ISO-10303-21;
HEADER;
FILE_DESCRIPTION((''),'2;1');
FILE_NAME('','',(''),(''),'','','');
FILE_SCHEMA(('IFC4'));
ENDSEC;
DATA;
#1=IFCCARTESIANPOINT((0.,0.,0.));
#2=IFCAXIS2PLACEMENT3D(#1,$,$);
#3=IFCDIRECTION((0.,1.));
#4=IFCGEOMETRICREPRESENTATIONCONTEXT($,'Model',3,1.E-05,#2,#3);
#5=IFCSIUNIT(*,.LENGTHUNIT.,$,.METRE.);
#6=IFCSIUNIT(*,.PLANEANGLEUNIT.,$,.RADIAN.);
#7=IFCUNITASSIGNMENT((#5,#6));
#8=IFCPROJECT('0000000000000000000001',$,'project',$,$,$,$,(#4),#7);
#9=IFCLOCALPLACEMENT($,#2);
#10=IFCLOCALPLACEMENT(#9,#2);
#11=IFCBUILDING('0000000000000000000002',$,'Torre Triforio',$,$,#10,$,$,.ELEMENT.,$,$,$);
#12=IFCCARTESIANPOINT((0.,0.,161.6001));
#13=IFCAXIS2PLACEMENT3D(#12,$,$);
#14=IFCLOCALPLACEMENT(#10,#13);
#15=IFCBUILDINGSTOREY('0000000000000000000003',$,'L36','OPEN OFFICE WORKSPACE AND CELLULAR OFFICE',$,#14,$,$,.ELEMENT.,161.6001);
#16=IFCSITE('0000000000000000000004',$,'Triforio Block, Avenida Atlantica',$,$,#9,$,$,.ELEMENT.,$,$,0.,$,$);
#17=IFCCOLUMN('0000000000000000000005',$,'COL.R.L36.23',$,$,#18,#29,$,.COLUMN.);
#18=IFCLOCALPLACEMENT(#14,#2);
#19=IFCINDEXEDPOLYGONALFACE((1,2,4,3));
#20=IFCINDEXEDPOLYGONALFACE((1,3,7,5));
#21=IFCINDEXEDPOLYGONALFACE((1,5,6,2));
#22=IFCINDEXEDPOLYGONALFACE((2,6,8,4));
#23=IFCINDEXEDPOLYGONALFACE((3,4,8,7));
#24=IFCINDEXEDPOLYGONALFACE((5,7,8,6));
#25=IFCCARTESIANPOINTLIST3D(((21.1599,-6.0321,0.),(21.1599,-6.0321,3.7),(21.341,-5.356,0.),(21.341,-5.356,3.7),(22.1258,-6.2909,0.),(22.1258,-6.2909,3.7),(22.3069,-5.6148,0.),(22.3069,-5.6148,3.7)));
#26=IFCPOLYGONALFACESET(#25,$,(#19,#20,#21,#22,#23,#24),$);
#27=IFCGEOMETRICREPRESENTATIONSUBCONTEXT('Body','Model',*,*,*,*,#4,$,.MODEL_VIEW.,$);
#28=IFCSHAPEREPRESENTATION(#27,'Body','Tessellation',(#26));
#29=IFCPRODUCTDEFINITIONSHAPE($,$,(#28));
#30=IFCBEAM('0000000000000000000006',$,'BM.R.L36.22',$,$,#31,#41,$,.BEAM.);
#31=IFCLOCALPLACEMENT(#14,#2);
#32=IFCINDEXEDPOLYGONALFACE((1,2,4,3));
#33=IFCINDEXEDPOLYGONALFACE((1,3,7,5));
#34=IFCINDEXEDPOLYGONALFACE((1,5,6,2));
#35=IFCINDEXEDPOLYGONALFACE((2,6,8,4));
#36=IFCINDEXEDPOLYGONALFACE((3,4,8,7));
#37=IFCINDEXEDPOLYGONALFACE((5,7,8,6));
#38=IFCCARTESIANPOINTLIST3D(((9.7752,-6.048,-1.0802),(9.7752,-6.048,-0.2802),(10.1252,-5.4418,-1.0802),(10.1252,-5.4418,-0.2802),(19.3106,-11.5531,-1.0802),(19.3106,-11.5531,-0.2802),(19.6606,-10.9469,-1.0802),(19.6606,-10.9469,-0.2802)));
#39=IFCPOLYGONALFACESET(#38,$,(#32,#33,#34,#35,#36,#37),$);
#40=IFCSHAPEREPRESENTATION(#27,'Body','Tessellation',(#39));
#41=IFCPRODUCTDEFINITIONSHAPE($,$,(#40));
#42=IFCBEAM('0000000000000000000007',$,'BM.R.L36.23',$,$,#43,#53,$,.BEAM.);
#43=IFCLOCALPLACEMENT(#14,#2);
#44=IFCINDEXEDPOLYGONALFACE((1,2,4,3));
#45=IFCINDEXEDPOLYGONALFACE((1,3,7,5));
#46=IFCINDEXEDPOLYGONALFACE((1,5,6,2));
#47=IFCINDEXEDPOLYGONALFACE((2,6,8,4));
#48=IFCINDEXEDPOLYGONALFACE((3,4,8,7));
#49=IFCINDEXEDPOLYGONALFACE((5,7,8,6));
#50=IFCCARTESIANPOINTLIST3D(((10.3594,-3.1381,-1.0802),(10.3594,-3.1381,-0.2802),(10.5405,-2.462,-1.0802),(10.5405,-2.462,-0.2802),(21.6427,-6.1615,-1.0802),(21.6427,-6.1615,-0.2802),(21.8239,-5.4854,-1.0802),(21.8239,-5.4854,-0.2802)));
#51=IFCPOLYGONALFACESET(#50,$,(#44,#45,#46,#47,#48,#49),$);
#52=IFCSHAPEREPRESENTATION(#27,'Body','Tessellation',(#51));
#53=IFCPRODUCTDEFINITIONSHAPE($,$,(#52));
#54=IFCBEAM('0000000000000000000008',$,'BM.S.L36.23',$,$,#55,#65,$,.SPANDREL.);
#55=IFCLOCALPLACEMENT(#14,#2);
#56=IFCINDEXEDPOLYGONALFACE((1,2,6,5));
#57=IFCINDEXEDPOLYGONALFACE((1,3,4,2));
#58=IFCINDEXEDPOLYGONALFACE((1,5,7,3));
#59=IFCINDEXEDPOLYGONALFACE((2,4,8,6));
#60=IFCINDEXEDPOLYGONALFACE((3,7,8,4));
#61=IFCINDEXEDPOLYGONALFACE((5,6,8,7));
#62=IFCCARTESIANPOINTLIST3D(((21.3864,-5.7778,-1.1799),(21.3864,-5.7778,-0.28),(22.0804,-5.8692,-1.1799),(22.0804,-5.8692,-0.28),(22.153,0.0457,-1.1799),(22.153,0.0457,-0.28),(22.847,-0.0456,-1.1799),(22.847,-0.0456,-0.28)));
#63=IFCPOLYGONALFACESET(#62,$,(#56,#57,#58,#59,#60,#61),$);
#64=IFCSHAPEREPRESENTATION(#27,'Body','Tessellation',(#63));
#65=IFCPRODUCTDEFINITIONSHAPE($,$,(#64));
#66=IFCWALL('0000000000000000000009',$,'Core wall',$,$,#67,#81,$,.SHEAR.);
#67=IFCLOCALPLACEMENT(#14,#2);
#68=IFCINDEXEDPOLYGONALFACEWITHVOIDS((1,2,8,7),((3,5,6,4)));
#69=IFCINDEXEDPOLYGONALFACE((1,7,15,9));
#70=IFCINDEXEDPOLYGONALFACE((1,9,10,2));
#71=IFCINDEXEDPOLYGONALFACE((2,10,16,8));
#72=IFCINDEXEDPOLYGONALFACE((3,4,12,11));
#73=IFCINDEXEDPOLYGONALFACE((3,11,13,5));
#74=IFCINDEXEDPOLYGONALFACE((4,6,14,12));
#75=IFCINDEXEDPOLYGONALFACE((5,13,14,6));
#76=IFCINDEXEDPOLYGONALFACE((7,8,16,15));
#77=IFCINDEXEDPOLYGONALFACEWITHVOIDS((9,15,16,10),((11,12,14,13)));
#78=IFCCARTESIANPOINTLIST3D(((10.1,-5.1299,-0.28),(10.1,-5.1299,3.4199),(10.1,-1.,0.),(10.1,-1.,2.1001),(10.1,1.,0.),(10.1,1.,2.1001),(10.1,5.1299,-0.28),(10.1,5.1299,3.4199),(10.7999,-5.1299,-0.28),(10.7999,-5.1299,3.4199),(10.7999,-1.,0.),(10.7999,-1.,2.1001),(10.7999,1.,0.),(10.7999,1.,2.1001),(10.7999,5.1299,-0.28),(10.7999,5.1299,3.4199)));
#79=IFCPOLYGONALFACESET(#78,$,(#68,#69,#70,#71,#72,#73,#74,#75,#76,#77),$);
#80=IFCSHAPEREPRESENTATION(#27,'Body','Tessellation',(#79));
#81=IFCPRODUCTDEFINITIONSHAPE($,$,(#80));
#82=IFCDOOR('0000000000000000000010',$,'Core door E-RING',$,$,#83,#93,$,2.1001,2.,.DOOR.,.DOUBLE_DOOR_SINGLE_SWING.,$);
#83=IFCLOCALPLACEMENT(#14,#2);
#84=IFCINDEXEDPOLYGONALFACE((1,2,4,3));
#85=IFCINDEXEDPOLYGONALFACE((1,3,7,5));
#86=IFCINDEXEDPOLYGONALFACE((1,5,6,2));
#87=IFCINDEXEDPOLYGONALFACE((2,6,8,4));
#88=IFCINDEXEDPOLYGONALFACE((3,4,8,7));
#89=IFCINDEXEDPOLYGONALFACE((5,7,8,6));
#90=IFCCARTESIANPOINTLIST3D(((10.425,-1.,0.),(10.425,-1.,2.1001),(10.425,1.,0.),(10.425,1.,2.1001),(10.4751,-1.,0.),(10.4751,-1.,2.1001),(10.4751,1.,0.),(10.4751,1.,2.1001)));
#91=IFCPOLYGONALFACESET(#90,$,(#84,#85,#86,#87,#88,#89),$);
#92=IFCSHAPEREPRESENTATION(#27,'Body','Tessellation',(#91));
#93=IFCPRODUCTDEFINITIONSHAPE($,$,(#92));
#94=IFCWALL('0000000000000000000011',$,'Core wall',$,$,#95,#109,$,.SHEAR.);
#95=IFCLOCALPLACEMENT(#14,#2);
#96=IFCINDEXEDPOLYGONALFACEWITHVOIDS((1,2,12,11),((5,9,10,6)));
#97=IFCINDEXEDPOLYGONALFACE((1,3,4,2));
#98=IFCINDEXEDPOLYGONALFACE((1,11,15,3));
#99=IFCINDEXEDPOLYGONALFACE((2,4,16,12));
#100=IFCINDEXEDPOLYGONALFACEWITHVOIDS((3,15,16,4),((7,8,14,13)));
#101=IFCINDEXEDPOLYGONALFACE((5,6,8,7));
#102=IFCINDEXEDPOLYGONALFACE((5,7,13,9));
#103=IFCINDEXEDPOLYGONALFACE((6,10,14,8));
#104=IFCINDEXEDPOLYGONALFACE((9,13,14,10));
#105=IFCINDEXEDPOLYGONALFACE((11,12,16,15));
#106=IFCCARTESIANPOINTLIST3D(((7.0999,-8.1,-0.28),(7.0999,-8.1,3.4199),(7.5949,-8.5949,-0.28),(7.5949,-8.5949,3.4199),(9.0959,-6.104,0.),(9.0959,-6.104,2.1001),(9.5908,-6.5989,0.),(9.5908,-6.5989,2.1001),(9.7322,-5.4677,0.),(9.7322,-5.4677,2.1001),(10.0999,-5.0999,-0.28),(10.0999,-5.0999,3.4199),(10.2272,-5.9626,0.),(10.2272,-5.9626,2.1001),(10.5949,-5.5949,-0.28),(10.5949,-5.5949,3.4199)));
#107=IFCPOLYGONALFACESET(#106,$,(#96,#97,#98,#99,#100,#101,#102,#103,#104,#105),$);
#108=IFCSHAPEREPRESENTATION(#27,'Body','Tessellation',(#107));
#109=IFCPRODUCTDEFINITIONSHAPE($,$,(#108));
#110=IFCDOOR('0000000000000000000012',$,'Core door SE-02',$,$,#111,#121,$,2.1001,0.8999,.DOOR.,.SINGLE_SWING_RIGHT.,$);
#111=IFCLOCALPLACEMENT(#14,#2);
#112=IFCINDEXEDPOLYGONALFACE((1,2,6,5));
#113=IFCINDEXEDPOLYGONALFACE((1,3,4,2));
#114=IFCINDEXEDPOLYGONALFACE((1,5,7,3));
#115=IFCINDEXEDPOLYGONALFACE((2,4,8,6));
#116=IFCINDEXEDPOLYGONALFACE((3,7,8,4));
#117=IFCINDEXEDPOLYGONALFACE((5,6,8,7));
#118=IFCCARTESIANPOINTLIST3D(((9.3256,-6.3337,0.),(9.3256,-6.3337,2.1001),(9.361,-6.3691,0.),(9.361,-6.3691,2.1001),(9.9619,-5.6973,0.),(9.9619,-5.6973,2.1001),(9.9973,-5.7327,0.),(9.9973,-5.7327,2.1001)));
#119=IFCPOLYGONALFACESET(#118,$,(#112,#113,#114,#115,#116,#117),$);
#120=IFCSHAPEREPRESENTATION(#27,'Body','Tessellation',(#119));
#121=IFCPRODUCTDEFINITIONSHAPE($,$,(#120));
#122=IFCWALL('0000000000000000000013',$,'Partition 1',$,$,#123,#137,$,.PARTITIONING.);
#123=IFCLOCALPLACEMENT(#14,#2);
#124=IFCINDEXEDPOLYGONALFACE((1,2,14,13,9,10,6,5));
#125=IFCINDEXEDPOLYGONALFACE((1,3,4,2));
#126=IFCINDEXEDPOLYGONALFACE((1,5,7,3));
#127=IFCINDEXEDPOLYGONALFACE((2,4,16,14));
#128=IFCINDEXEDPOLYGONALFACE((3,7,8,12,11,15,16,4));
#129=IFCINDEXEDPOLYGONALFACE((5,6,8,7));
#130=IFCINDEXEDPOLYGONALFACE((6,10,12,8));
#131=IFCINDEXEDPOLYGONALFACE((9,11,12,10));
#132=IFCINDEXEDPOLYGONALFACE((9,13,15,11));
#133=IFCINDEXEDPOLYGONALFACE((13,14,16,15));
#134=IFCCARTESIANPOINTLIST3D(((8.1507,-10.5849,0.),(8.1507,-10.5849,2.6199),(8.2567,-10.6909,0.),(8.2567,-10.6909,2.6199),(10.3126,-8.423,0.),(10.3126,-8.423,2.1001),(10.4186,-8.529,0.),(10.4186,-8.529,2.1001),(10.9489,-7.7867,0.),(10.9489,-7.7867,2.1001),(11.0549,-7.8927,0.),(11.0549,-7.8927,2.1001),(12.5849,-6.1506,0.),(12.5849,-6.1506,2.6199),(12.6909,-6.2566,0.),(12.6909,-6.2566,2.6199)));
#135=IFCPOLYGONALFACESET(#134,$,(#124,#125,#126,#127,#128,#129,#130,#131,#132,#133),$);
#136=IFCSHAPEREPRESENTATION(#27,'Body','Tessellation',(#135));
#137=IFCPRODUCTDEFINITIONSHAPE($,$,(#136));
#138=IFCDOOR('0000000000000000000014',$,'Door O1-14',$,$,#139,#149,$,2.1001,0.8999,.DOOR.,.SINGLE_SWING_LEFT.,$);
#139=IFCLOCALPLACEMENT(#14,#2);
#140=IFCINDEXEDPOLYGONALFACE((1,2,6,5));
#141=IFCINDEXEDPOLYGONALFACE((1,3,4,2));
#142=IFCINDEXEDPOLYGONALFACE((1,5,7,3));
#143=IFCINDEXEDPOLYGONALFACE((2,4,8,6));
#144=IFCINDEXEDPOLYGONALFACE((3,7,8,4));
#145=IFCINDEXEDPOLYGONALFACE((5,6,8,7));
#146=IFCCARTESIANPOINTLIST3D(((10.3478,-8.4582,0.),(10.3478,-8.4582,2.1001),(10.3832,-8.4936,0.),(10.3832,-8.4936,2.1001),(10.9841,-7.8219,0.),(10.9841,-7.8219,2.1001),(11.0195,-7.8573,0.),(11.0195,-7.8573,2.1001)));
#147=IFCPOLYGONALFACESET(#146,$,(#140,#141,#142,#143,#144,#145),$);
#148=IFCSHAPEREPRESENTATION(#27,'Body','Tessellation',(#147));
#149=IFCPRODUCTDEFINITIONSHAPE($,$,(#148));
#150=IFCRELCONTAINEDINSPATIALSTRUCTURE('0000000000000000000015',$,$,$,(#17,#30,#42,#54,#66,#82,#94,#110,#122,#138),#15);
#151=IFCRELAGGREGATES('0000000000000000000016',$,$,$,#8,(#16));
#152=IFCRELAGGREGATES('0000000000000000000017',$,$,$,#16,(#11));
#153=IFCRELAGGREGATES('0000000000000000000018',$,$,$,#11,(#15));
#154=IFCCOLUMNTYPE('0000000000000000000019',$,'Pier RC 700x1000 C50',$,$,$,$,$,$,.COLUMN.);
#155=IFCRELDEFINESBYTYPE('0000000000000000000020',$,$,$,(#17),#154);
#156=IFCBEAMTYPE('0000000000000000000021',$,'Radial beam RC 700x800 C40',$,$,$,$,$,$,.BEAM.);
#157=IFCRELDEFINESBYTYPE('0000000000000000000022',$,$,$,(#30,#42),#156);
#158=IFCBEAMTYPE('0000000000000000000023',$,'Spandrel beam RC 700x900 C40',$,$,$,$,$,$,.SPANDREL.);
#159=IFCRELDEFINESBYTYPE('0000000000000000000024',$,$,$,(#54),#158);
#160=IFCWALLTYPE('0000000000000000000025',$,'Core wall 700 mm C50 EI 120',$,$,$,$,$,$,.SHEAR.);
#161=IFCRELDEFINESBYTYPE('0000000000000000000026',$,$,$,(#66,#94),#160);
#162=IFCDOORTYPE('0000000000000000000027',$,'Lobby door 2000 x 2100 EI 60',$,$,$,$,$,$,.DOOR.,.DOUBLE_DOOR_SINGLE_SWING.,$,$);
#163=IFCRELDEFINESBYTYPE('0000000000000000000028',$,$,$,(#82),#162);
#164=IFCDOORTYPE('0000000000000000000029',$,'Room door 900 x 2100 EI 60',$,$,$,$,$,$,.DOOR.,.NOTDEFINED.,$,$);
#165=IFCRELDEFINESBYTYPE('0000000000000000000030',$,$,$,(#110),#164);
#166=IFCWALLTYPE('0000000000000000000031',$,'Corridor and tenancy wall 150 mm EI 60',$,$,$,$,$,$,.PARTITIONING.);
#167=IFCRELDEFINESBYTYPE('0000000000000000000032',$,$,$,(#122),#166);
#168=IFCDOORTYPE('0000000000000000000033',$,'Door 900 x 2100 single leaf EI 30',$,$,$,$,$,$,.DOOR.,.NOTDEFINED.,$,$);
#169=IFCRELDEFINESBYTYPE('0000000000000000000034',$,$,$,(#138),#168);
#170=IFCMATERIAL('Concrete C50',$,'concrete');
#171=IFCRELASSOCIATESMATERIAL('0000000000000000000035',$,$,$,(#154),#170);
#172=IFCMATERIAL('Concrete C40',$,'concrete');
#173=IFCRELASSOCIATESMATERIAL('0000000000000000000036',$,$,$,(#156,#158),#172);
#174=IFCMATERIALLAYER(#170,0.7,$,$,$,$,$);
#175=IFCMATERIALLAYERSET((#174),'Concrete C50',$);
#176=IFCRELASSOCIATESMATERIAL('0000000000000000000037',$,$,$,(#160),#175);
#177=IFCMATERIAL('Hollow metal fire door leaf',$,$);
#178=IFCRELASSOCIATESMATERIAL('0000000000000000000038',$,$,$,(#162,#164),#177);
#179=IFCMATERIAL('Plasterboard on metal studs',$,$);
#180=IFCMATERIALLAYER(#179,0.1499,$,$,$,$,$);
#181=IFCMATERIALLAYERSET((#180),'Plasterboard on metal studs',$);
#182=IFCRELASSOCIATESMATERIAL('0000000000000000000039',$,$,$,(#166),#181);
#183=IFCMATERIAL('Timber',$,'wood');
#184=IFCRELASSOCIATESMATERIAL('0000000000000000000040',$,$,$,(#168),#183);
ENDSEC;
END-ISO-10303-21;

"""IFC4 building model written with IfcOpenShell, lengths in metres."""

from ifc_helpers import new_model, si_unit, direction, frame, frame_2d, origin, origin_2d, place, context, subcontext, project, spatial, rectangle, extrude, material, layer, layer_set, material_profile, profile_set, type_object, element, fill, save


model = new_model("IFC4")

# Units and contexts
model_context = context("Model", 3, precision=1e-05, world=origin(), true_north=direction((0.0, 1.0)))
body_context = subcontext(model_context, "Body", "Model", "MODEL_VIEW")
ifc_project = project(units=[si_unit("LENGTHUNIT", "METRE"), si_unit("PLANEANGLEUNIT", "RADIAN")], contexts=[model_context])

# Site, building, storey
site_placement = place(None, origin())
site = spatial("IfcSite", under=ifc_project, at=site_placement, Name="Triforio Block, Avenida Atlantica", CompositionType="ELEMENT", RefElevation=0.0)
building_placement = place(site_placement, origin())
building = spatial("IfcBuilding", under=site, at=building_placement, Name="Torre Triforio", CompositionType="ELEMENT")
storey_placement = place(building_placement, frame((0.0, 0.0, 161.6001)))
storey = spatial("IfcBuildingStorey", under=building, at=storey_placement, Name="L36", Description="OPEN OFFICE WORKSPACE AND CELLULAR OFFICE", CompositionType="ELEMENT", Elevation=161.6001)

# Column
ifc_material_1 = material(Name="Concrete C50", Category="concrete")
ifc_material_profile_1 = material_profile(ifc_material_1, rectangle(XDim=0.7, YDim=1.0, at=origin_2d()), Name="RC 700x1000")
ifc_profile_set_1 = profile_set([ifc_material_profile_1], Name="Concrete C50")
column_type = type_object("IfcColumnType", Name="Pier RC 700x1000 C50", PredefinedType="COLUMN", material=ifc_profile_set_1)
column_placement = place(storey_placement, frame((21.7334, -5.8235, 0.0), z_axis=(0.0, 0.0, 1.0), x_axis=(0.258819, 0.965926, 0.0)))
element("IfcColumn", 1, at=column_placement, inside=storey, type_object=column_type, Name="COL.R.L36.23", PredefinedType="COLUMN", context=body_context, shape_type="SweptSolid", body=[
    extrude(rectangle(XDim=0.7, YDim=1.0, at=origin_2d()), origin(), (0.0, 0.0, 1.0), 3.7),
])

# Beams
ifc_material_2 = material(Name="Concrete C40", Category="concrete")
ifc_material_profile_2 = material_profile(ifc_material_2, rectangle(XDim=0.7, YDim=0.8, at=origin_2d()), Name="RC 700x800")
ifc_profile_set_2 = profile_set([ifc_material_profile_2], Name="Concrete C40")
beam_type_1 = type_object("IfcBeamType", Name="Radial beam RC 700x800 C40", PredefinedType="BEAM", material=ifc_profile_set_2)
beam_1_placement = place(storey_placement, frame((9.9502, -5.7449, -0.6802), z_axis=(0.866031, -0.499991, 0.0), x_axis=(0.499991, 0.866031, 0.0)))
element("IfcBeam", 2, at=beam_1_placement, inside=storey, type_object=beam_type_1, Name="BM.R.L36.22", PredefinedType="BEAM", context=body_context, shape_type="SweptSolid", body=[
    extrude(rectangle(XDim=0.7, YDim=0.8, at=origin_2d()), origin(), (0.0, 0.0, 1.0), 11.0105),
])
beam_2_placement = place(storey_placement, frame((10.45, -2.8, -0.6802), z_axis=(0.965925, -0.258823, 0.0), x_axis=(0.258823, 0.965925, 0.0)))
element("IfcBeam", 3, at=beam_2_placement, inside=storey, type_object=beam_type_1, Name="BM.R.L36.23", PredefinedType="BEAM", context=body_context, shape_type="SweptSolid", body=[
    extrude(rectangle(XDim=0.7, YDim=0.8, at=origin_2d()), origin(), (0.0, 0.0, 1.0), 11.6814),
])
ifc_material_profile_3 = material_profile(ifc_material_2, rectangle(XDim=0.7, YDim=0.8999, at=origin_2d()), Name="RC 700x900")
ifc_profile_set_3 = profile_set([ifc_material_profile_3], Name="Concrete C40")
beam_type_2 = type_object("IfcBeamType", Name="Spandrel beam RC 700x900 C40", PredefinedType="SPANDREL", material=ifc_profile_set_3)
beam_3_placement = place(storey_placement, frame((21.7334, -5.8235, -0.73), z_axis=(0.130514, 0.991447, 0.0), x_axis=(-0.991447, 0.130514, 0.0)))
element("IfcBeam", 4, at=beam_3_placement, inside=storey, type_object=beam_type_2, Name="BM.S.L36.23", PredefinedType="SPANDREL", context=body_context, shape_type="SweptSolid", body=[
    extrude(rectangle(XDim=0.7, YDim=0.8999, at=origin_2d()), origin(), (0.0, 0.0, 1.0), 5.8738),
])

# Walls, openings, doors
ifc_layer_1 = layer(ifc_material_1, 0.7)
ifc_layer_set_1 = layer_set([ifc_layer_1], Name="Concrete C50")
wall_type_1 = type_object("IfcWallType", Name="Core wall 700 mm C50 EI 120", PredefinedType="SHEAR", material=ifc_layer_set_1)
wall_1_placement = place(storey_placement, frame((10.45, -5.1299, -0.28), z_axis=(0.0, 0.0, 1.0), x_axis=(0.0, 1.0, 0.0)))
wall_1 = element("IfcWall", 5, at=wall_1_placement, inside=storey, type_object=wall_type_1, Name="Core wall", PredefinedType="SHEAR", context=body_context, shape_type="SweptSolid", body=[
    extrude(rectangle(XDim=10.2598, YDim=0.7, at=frame_2d((5.1299, 0.0))), origin(), (0.0, 0.0, 1.0), 3.7),
])
opening_1_placement = place(wall_1_placement, frame((4.1299, 0.0, 0.28)))
opening_1 = element("IfcOpeningElement", 6, at=opening_1_placement, cuts=wall_1, PredefinedType="OPENING", context=body_context, shape_type="SweptSolid", body=[
    extrude(rectangle(XDim=2.0, YDim=2.1001, at=frame_2d((1.0, 1.05))), frame((0.0, 0.3599, 0.0), z_axis=(0.0, -1.0, 0.0), x_axis=(1.0, 0.0, 0.0)), (0.0, 0.0, 1.0), 0.72),
])
ifc_material_3 = material(Name="Hollow metal fire door leaf")
door_type_1 = type_object("IfcDoorType", Name="Lobby door 2000 x 2100 EI 60", OperationType="DOUBLE_DOOR_SINGLE_SWING", PredefinedType="DOOR", material=ifc_material_3)
door_1_placement = place(opening_1_placement, origin())
door_1 = element("IfcDoor", 7, at=door_1_placement, inside=storey, type_object=door_type_1, Name="Core door E-RING", OperationType="DOUBLE_DOOR_SINGLE_SWING", OverallHeight=2.1001, OverallWidth=2.0, PredefinedType="DOOR", context=body_context, shape_type="SweptSolid", body=[
    extrude(rectangle(XDim=2.0, YDim=2.1001, at=frame_2d((1.0, 1.05))), frame((0.0, 0.0249, 0.0), z_axis=(0.0, -1.0, 0.0), x_axis=(1.0, 0.0, 0.0)), (0.0, 0.0, 1.0), 0.05),
])
fill(opening_1, door_1)
wall_2_placement = place(storey_placement, frame((10.3474, -5.3474, -0.28), z_axis=(0.0, 0.0, 1.0), x_axis=(-0.707107, -0.707107, 0.0)))
wall_2 = element("IfcWall", 8, at=wall_2_placement, inside=storey, type_object=wall_type_1, Name="Core wall", PredefinedType="SHEAR", context=body_context, shape_type="SweptSolid", body=[
    extrude(rectangle(XDim=4.2427, YDim=0.7, at=frame_2d((2.1213, 0.0))), origin(), (0.0, 0.0, 1.0), 3.7),
])
opening_2_placement = place(wall_2_placement, frame((0.52, 0.0, 0.28)))
opening_2 = element("IfcOpeningElement", 9, at=opening_2_placement, cuts=wall_2, PredefinedType="OPENING", context=body_context, shape_type="SweptSolid", body=[
    extrude(rectangle(XDim=0.8999, YDim=2.1001, at=frame_2d((0.45, 1.05))), frame((0.0, 0.3599, 0.0), z_axis=(0.0, -1.0, 0.0), x_axis=(1.0, 0.0, 0.0)), (0.0, 0.0, 1.0), 0.72),
])
door_type_2 = type_object("IfcDoorType", Name="Room door 900 x 2100 EI 60", OperationType="NOTDEFINED", PredefinedType="DOOR", material=ifc_material_3)
door_2_placement = place(opening_2_placement, origin())
door_2 = element("IfcDoor", 10, at=door_2_placement, inside=storey, type_object=door_type_2, Name="Core door SE-02", OperationType="SINGLE_SWING_RIGHT", OverallHeight=2.1001, OverallWidth=0.8999, PredefinedType="DOOR", context=body_context, shape_type="SweptSolid", body=[
    extrude(rectangle(XDim=0.8999, YDim=2.1001, at=frame_2d((0.45, 1.05))), frame((0.0, 0.0249, 0.0), z_axis=(0.0, -1.0, 0.0), x_axis=(1.0, 0.0, 0.0)), (0.0, 0.0, 1.0), 0.05),
])
fill(opening_2, door_2)
ifc_material_4 = material(Name="Plasterboard on metal studs")
ifc_layer_2 = layer(ifc_material_4, 0.1499)
ifc_layer_set_2 = layer_set([ifc_layer_2], Name="Plasterboard on metal studs")
wall_type_2 = type_object("IfcWallType", Name="Corridor and tenancy wall 150 mm EI 60", PredefinedType="PARTITIONING", material=ifc_layer_set_2)
wall_3_placement = place(storey_placement, frame((12.6379, -6.2036, 0.0), z_axis=(0.0, 0.0, 1.0), x_axis=(-0.707107, -0.707107, 0.0)))
wall_3 = element("IfcWall", 11, at=wall_3_placement, inside=storey, type_object=wall_type_2, Name="Partition 1", PredefinedType="PARTITIONING", context=body_context, shape_type="SweptSolid", body=[
    extrude(rectangle(XDim=6.271, YDim=0.1499, at=frame_2d((3.1355, 0.0))), origin(), (0.0, 0.0, 1.0), 2.6199),
])
opening_3_placement = place(wall_3_placement, frame((2.3137, 0.0, 0.0)))
opening_3 = element("IfcOpeningElement", 12, at=opening_3_placement, cuts=wall_3, PredefinedType="OPENING", context=body_context, shape_type="SweptSolid", body=[
    extrude(rectangle(XDim=0.8999, YDim=2.1001, at=frame_2d((0.45, 1.05))), frame((0.0, 0.085, 0.0), z_axis=(0.0, -1.0, 0.0), x_axis=(1.0, 0.0, 0.0)), (0.0, 0.0, 1.0), 0.1699),
])
ifc_material_5 = material(Name="Timber", Category="wood")
door_type_3 = type_object("IfcDoorType", Name="Door 900 x 2100 single leaf EI 30", OperationType="NOTDEFINED", PredefinedType="DOOR", material=ifc_material_5)
door_3_placement = place(opening_3_placement, origin())
door_3 = element("IfcDoor", 13, at=door_3_placement, inside=storey, type_object=door_type_3, Name="Door O1-14", OperationType="SINGLE_SWING_LEFT", OverallHeight=2.1001, OverallWidth=0.8999, PredefinedType="DOOR", context=body_context, shape_type="SweptSolid", body=[
    extrude(rectangle(XDim=0.8999, YDim=2.1001, at=frame_2d((0.45, 1.05))), frame((0.0, 0.0249, 0.0), z_axis=(0.0, -1.0, 0.0), x_axis=(1.0, 0.0, 0.0)), (0.0, 0.0, 1.0), 0.05),
])
fill(opening_3, door_3)

save(model, "model.ifc")
